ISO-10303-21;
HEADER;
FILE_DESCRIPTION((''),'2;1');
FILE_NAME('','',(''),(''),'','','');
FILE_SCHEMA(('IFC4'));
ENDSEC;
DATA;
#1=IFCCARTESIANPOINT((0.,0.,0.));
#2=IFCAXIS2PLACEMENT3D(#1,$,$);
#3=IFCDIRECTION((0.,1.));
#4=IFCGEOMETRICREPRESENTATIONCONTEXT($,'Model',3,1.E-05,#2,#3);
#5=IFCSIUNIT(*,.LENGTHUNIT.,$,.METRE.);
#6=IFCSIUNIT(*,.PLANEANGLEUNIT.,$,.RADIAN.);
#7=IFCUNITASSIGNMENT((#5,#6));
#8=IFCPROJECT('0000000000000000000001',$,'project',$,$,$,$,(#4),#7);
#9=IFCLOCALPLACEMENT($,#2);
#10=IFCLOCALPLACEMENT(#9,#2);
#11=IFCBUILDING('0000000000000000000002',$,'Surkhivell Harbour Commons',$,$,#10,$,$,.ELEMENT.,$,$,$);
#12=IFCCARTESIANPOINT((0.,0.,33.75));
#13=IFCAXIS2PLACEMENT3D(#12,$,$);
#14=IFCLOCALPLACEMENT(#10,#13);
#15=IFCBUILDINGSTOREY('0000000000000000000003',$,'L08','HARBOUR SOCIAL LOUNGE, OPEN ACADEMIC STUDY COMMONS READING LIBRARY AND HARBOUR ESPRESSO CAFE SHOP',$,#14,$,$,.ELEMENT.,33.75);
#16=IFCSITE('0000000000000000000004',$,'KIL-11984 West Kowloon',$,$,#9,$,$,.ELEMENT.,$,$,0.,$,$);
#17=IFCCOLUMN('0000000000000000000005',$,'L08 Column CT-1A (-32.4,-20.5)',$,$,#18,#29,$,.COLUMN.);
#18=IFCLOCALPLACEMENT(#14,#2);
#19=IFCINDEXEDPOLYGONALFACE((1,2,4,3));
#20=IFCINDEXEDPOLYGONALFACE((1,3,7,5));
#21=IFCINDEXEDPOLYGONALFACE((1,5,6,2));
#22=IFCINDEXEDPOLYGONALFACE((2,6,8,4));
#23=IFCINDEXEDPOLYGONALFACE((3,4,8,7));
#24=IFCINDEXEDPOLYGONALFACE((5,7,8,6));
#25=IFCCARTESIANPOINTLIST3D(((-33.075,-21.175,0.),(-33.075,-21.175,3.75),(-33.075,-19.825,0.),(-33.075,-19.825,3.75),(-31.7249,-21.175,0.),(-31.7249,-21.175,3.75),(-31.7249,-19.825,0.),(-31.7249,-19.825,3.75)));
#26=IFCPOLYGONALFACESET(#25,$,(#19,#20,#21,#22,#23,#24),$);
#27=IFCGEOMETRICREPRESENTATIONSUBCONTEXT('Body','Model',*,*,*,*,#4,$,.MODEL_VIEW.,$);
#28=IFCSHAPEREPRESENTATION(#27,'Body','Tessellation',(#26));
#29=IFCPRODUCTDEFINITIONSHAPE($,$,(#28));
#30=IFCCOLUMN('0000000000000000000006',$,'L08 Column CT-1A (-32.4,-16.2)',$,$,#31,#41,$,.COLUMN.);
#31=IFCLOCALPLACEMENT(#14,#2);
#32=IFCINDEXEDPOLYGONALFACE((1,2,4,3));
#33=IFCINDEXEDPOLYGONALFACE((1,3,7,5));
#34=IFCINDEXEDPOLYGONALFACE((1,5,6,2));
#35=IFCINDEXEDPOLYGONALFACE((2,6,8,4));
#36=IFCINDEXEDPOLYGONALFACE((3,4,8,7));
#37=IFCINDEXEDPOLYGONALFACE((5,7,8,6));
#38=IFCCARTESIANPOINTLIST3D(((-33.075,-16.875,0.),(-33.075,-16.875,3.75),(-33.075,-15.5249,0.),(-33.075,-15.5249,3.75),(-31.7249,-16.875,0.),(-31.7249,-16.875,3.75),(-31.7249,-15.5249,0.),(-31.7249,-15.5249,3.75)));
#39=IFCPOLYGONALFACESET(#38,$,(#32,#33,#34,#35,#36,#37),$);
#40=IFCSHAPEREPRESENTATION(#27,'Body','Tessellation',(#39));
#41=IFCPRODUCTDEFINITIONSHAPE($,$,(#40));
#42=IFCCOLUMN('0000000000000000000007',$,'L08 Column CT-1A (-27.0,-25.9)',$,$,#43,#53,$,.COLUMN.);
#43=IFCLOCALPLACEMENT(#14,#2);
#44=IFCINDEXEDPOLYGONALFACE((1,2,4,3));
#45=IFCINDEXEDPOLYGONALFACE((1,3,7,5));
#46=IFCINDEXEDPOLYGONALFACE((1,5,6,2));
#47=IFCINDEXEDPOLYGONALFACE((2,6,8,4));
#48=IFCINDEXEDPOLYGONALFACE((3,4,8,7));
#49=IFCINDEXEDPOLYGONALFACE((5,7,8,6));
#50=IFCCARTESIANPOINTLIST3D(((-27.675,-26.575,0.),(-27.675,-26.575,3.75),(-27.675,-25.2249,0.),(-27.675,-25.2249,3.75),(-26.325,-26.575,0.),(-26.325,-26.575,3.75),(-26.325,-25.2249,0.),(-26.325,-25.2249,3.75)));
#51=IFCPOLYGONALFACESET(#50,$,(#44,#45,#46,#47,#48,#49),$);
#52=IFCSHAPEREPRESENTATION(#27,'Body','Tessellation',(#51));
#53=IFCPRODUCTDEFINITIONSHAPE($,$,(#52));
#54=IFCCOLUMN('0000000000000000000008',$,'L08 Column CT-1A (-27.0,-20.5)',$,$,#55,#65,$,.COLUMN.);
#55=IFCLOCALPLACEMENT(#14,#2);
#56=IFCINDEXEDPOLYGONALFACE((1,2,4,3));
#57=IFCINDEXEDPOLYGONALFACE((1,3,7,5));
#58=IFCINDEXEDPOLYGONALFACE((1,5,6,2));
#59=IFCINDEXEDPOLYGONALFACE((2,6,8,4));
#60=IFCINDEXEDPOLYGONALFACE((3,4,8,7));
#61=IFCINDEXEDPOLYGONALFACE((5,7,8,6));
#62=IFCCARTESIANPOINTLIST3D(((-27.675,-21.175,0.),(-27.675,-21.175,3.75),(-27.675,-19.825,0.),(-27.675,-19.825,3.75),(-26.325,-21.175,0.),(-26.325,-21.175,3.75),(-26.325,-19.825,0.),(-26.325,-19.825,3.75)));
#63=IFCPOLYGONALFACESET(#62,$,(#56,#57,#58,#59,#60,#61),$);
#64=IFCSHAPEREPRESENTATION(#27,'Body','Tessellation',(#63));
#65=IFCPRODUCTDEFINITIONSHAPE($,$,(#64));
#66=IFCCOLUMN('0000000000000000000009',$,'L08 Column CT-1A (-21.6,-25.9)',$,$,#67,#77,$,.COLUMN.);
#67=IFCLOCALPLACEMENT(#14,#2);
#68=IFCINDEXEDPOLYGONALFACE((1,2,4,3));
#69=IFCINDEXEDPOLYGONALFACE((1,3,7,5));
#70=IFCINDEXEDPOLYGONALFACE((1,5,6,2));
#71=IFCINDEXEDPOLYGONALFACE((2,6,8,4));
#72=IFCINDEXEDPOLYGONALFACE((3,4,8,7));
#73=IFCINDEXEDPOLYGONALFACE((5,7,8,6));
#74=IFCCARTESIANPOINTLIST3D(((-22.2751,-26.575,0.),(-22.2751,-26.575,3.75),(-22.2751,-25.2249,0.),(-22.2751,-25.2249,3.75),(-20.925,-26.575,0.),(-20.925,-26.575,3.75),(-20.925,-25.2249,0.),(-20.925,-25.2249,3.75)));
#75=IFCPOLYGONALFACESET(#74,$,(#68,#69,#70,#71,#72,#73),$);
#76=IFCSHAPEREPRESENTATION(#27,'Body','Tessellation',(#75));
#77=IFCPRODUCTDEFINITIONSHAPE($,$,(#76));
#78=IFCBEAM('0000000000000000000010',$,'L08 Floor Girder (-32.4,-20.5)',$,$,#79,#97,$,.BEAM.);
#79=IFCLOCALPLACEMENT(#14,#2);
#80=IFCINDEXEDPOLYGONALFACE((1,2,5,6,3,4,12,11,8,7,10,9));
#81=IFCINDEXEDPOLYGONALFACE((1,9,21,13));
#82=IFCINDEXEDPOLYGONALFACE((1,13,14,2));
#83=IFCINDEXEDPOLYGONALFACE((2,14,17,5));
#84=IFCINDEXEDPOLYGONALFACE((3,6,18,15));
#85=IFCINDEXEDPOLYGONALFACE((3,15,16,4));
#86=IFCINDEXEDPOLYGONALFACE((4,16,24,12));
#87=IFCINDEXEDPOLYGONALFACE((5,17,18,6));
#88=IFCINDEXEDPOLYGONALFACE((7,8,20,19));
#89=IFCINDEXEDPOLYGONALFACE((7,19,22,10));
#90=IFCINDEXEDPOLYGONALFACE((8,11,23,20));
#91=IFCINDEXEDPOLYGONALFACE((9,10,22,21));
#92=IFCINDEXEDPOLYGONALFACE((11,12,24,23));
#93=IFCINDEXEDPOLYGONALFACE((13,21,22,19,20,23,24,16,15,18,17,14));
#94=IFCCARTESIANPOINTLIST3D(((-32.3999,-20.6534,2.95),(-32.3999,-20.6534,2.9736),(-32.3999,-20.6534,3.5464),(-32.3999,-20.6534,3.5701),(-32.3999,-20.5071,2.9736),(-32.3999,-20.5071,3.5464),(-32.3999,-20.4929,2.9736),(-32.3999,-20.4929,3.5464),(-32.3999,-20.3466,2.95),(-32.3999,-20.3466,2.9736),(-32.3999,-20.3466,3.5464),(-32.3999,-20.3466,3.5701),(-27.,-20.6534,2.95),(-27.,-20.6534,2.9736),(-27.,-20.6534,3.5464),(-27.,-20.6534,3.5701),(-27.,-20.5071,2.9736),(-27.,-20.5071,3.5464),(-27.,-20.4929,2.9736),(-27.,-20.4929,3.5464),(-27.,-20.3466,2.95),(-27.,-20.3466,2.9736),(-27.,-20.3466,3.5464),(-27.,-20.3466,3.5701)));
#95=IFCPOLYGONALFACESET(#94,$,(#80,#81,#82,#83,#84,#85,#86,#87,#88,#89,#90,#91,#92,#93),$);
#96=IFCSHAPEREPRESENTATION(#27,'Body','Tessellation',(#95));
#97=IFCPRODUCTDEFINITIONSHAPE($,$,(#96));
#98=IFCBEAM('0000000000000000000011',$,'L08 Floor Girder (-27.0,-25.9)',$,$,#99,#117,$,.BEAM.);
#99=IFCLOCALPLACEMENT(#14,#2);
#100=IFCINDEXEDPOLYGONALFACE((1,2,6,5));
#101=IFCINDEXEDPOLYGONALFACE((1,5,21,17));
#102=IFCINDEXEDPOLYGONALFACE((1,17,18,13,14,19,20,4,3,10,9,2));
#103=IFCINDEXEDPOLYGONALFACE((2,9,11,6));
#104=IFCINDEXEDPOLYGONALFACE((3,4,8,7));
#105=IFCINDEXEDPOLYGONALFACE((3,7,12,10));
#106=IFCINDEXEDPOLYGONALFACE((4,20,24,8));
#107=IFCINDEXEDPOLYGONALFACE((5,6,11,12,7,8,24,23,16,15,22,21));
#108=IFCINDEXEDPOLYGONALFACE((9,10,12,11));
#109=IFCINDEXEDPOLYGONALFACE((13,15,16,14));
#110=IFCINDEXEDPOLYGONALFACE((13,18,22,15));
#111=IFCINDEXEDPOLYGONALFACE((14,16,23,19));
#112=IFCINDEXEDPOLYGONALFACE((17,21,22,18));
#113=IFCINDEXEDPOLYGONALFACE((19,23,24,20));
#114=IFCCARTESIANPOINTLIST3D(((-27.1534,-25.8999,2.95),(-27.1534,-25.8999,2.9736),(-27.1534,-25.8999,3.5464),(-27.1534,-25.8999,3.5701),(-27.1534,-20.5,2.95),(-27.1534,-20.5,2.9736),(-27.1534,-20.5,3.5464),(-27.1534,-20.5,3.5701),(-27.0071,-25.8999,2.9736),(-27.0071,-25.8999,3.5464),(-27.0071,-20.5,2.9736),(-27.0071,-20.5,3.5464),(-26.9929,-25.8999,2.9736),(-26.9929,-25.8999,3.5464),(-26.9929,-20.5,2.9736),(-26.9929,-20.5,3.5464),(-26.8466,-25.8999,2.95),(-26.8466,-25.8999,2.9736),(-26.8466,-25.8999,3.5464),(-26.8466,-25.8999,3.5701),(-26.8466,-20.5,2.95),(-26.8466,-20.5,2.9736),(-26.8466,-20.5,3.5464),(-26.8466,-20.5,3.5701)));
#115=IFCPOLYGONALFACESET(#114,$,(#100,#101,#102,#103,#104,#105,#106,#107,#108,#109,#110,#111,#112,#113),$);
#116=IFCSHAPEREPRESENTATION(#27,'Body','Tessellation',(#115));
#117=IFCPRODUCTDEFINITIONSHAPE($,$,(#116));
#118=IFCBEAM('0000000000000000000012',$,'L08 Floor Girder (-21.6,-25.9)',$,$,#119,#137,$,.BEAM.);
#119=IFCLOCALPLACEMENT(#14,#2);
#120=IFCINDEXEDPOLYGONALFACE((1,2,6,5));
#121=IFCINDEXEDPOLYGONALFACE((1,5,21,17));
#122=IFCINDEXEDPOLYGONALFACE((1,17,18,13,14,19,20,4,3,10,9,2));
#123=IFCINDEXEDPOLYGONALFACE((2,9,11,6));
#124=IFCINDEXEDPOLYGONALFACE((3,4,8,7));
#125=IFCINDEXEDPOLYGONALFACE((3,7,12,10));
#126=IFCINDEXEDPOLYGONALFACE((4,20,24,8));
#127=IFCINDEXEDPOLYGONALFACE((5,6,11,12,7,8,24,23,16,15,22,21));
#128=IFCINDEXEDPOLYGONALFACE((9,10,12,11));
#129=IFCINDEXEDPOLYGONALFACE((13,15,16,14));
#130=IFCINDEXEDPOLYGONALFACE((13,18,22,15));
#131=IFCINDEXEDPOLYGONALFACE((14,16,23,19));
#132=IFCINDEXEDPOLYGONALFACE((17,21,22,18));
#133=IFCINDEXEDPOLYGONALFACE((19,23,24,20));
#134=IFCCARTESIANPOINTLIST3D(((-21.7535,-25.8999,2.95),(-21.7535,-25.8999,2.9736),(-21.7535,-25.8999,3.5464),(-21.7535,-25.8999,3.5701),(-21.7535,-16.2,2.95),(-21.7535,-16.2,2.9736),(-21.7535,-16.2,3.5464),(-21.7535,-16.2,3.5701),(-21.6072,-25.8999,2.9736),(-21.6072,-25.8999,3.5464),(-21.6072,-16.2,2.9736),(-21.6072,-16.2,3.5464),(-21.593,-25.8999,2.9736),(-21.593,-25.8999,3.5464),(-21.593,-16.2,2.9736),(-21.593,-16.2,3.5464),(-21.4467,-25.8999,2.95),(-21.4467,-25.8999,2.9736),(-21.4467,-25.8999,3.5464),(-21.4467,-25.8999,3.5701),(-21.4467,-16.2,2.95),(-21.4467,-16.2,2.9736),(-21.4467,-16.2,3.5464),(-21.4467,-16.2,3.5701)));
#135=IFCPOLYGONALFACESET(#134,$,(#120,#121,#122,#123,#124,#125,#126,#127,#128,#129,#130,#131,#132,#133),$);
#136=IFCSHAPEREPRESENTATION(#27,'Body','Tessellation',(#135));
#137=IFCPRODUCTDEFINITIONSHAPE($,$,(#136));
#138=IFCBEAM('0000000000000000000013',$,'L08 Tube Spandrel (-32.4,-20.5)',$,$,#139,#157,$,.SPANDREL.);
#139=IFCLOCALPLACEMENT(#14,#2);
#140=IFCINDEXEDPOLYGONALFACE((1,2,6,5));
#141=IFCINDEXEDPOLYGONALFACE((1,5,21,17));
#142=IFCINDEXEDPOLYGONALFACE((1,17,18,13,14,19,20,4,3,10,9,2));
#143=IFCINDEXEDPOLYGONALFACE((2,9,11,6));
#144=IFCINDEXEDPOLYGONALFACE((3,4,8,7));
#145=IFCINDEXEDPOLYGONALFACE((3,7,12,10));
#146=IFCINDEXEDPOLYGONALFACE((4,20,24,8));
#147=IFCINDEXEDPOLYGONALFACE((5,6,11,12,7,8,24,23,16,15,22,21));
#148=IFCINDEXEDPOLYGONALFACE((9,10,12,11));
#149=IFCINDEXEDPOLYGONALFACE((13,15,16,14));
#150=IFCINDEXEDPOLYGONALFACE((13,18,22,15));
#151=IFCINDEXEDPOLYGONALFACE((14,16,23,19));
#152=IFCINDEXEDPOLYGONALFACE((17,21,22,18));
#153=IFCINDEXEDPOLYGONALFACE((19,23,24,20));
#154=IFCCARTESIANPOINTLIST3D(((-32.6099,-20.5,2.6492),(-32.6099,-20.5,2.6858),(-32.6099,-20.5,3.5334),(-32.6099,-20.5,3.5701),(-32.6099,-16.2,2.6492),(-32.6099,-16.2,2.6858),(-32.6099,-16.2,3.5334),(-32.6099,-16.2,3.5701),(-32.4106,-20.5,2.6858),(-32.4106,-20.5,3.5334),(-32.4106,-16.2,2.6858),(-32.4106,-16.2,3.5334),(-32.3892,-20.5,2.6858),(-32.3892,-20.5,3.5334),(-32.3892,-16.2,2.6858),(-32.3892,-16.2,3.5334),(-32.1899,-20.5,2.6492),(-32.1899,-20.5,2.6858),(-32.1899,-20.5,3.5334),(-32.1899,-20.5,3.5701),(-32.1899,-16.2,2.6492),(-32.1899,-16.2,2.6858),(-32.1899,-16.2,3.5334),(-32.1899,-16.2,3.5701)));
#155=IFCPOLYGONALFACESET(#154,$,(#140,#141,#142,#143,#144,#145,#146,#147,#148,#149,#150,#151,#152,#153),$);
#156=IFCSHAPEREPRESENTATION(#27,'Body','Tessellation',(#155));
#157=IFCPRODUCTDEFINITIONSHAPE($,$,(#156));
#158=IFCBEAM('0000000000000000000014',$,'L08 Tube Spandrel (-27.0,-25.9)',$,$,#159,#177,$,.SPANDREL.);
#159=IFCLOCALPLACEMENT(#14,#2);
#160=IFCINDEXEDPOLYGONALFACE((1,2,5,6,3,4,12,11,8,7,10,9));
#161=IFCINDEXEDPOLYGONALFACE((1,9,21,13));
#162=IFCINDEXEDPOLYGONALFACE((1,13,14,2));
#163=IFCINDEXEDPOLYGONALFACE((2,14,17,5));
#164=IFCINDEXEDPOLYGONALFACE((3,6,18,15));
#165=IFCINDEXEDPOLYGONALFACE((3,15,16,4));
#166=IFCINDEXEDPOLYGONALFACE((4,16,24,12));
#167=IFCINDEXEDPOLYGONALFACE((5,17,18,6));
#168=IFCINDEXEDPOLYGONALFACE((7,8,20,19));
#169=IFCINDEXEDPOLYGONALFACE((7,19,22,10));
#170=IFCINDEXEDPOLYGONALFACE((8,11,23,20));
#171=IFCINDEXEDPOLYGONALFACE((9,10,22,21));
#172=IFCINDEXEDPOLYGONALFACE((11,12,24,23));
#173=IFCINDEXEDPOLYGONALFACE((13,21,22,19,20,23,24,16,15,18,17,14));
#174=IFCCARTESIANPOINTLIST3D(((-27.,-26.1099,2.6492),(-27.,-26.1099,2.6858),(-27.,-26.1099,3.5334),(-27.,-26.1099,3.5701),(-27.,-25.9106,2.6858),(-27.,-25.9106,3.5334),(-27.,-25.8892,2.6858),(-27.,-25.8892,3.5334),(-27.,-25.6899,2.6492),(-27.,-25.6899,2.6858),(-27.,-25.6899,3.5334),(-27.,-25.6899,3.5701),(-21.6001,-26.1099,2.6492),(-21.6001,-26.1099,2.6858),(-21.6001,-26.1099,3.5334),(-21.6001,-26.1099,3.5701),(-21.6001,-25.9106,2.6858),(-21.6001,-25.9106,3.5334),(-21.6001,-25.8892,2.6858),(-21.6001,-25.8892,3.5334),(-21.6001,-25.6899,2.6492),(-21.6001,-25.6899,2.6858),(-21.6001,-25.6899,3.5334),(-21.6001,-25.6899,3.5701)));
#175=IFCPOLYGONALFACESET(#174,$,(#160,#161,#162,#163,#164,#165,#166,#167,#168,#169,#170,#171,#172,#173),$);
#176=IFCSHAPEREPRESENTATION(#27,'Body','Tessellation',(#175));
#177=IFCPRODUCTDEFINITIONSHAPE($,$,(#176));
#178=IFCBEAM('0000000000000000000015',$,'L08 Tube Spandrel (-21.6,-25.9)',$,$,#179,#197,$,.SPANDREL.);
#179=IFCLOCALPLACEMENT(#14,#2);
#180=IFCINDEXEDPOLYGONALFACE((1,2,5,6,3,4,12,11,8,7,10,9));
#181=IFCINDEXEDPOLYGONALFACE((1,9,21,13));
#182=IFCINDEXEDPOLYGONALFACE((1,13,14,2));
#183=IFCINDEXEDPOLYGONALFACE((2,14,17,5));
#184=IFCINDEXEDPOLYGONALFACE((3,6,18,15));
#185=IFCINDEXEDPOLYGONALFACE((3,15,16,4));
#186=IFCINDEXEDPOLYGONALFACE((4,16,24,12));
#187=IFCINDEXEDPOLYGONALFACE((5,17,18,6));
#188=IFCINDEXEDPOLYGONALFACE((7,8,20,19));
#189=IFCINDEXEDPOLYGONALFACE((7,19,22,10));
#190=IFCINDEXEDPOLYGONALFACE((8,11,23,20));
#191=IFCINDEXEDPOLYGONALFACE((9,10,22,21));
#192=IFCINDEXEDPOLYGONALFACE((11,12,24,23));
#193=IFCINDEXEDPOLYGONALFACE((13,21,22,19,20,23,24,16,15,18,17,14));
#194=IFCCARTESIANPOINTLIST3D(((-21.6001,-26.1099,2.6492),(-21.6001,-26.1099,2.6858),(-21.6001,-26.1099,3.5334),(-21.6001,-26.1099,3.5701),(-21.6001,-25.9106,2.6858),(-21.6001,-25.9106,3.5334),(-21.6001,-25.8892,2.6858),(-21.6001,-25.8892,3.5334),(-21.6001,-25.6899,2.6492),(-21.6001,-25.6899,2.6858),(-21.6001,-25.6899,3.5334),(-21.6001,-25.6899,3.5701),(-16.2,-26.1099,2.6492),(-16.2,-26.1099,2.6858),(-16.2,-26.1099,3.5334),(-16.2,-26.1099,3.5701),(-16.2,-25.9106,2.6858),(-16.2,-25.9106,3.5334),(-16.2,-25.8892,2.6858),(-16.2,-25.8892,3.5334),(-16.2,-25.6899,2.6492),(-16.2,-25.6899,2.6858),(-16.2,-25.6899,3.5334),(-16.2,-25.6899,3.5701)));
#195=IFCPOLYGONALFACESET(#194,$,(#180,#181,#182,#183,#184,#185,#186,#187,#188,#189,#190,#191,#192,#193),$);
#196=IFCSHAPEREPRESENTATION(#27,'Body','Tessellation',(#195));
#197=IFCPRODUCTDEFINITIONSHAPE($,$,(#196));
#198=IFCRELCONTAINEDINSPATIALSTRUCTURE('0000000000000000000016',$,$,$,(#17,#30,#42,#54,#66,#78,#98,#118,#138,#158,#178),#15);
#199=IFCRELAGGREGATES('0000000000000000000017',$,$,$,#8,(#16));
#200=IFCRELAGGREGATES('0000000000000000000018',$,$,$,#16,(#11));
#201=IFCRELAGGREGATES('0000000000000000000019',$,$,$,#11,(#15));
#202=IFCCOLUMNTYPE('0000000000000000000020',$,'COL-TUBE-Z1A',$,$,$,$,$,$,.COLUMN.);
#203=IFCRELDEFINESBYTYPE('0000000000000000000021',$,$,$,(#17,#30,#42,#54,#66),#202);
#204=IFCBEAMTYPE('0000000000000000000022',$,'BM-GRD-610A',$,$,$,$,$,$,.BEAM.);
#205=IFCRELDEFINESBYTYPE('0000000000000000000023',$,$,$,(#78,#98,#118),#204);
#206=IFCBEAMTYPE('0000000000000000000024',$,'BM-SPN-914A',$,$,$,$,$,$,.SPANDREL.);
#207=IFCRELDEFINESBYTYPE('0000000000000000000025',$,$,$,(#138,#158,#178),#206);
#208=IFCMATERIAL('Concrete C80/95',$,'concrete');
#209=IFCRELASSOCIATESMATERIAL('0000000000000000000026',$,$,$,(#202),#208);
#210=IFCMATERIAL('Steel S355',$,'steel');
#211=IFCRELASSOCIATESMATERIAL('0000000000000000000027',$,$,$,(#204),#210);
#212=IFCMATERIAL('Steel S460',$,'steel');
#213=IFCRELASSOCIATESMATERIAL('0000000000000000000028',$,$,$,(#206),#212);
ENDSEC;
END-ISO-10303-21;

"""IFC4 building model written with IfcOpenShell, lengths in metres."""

from ifc_helpers import new_model, si_unit, direction, frame, origin, origin_2d, place, context, subcontext, project, spatial, rectangle, i_section, extrude, material, material_profile, profile_set, type_object, element, save


model = new_model("IFC4")

# Units and contexts
model_context = context("Model", 3, precision=1e-05, world=origin(), true_north=direction((0.0, 1.0)))
body_context = subcontext(model_context, "Body", "Model", "MODEL_VIEW")
ifc_project = project(units=[si_unit("LENGTHUNIT", "METRE"), si_unit("PLANEANGLEUNIT", "RADIAN")], contexts=[model_context])

# Site, building, storey
site_placement = place(None, origin())
site = spatial("IfcSite", under=ifc_project, at=site_placement, Name="KIL-11984 West Kowloon", CompositionType="ELEMENT", RefElevation=0.0)
building_placement = place(site_placement, origin())
building = spatial("IfcBuilding", under=site, at=building_placement, Name="Surkhivell Harbour Commons", CompositionType="ELEMENT")
storey_placement = place(building_placement, frame((0.0, 0.0, 33.75)))
storey = spatial("IfcBuildingStorey", under=building, at=storey_placement, Name="L08", Description="HARBOUR SOCIAL LOUNGE, OPEN ACADEMIC STUDY COMMONS READING LIBRARY AND HARBOUR ESPRESSO CAFE SHOP", CompositionType="ELEMENT", Elevation=33.75)

# Columns
ifc_material_1 = material(Name="Concrete C80/95", Category="concrete")
ifc_material_profile_1 = material_profile(ifc_material_1, rectangle(XDim=1.3501, YDim=1.3501, at=origin_2d()), Name="RC-COL-1350x1350")
ifc_profile_set_1 = profile_set([ifc_material_profile_1], Name="Concrete C80/95")
column_type = type_object("IfcColumnType", Name="COL-TUBE-Z1A", PredefinedType="COLUMN", material=ifc_profile_set_1)
for number, where, z_axis, x_axis, name in (
    (1, (-32.3999, -20.5, 0.0), (0.0, 0.0, 1.0), (1.0, 0.0, 0.0), "L08 Column CT-1A (-32.4,-20.5)"),
    (2, (-32.3999, -16.2, 0.0), (0.0, 0.0, 1.0), (1.0, 0.0, 0.0), "L08 Column CT-1A (-32.4,-16.2)"),
    (3, (-27.0, -25.8999, 0.0), (0.0, 0.0, 1.0), (1.0, 0.0, 0.0), "L08 Column CT-1A (-27.0,-25.9)"),
    (4, (-27.0, -20.5, 0.0), (0.0, 0.0, 1.0), (1.0, 0.0, 0.0), "L08 Column CT-1A (-27.0,-20.5)"),
    (5, (-21.6001, -25.8999, 0.0), (0.0, 0.0, 1.0), (1.0, 0.0, 0.0), "L08 Column CT-1A (-21.6,-25.9)"),
):
    element("IfcColumn", number, at=place(storey_placement, frame(where, z_axis=z_axis, x_axis=x_axis)), inside=storey, type_object=column_type, Name=name, PredefinedType="COLUMN", context=body_context, shape_type="SweptSolid", body=[
        extrude(rectangle(XDim=1.3501, YDim=1.3501, at=origin_2d()), origin(), (0.0, 0.0, 1.0), 3.75),
    ])

# Beams
ifc_material_2 = material(Name="Steel S355", Category="steel")
ifc_material_profile_2 = material_profile(ifc_material_2, i_section(OverallWidth=0.3069, OverallDepth=0.6201, WebThickness=0.0142, FlangeThickness=0.0237, at=origin_2d()), Name="UB610x305x179")
ifc_profile_set_2 = profile_set([ifc_material_profile_2], Name="Steel S355")
beam_type_1 = type_object("IfcBeamType", Name="BM-GRD-610A", PredefinedType="BEAM", material=ifc_profile_set_2)
for number, where, z_axis, x_axis, name in (
    (6, (-32.3999, -20.5, 3.26), (1.0, 0.0, 0.0), (0.0, 1.0, 0.0), "L08 Floor Girder (-32.4,-20.5)"),
    (7, (-27.0, -25.8999, 3.26), (0.0, 1.0, 0.0), (-1.0, 0.0, 0.0), "L08 Floor Girder (-27.0,-25.9)"),
):
    element("IfcBeam", number, at=place(storey_placement, frame(where, z_axis=z_axis, x_axis=x_axis)), inside=storey, type_object=beam_type_1, Name=name, PredefinedType="BEAM", context=body_context, shape_type="SweptSolid", body=[
        extrude(i_section(OverallWidth=0.3069, OverallDepth=0.6201, WebThickness=0.0142, FlangeThickness=0.0237, at=origin_2d()), origin(), (0.0, 0.0, 1.0), 5.3999),
    ])
beam_1_placement = place(storey_placement, frame((-21.6001, -25.8999, 3.26), z_axis=(0.0, 1.0, 0.0), x_axis=(-1.0, 0.0, 0.0)))
element("IfcBeam", 8, at=beam_1_placement, inside=storey, type_object=beam_type_1, Name="L08 Floor Girder (-21.6,-25.9)", PredefinedType="BEAM", context=body_context, shape_type="SweptSolid", body=[
    extrude(i_section(OverallWidth=0.3069, OverallDepth=0.6201, WebThickness=0.0142, FlangeThickness=0.0237, at=origin_2d()), origin(), (0.0, 0.0, 1.0), 9.7),
])
ifc_material_3 = material(Name="Steel S460", Category="steel")
ifc_material_profile_3 = material_profile(ifc_material_3, i_section(OverallWidth=0.4199, OverallDepth=0.9209, WebThickness=0.0215, FlangeThickness=0.0366, at=origin_2d()), Name="UB914x419x388")
ifc_profile_set_3 = profile_set([ifc_material_profile_3], Name="Steel S460")
beam_type_2 = type_object("IfcBeamType", Name="BM-SPN-914A", PredefinedType="SPANDREL", material=ifc_profile_set_3)
beam_2_placement = place(storey_placement, frame((-32.3999, -20.5, 3.1096), z_axis=(0.0, 1.0, 0.0), x_axis=(-1.0, 0.0, 0.0)))
element("IfcBeam", 9, at=beam_2_placement, inside=storey, type_object=beam_type_2, Name="L08 Tube Spandrel (-32.4,-20.5)", PredefinedType="SPANDREL", context=body_context, shape_type="SweptSolid", body=[
    extrude(i_section(OverallWidth=0.4199, OverallDepth=0.9209, WebThickness=0.0215, FlangeThickness=0.0366, at=origin_2d()), origin(), (0.0, 0.0, 1.0), 4.3),
])
beam_3_placement = place(storey_placement, frame((-27.0, -25.8999, 3.1096), z_axis=(1.0, 0.0, 0.0), x_axis=(0.0, 1.0, 0.0)))
element("IfcBeam", 10, at=beam_3_placement, inside=storey, type_object=beam_type_2, Name="L08 Tube Spandrel (-27.0,-25.9)", PredefinedType="SPANDREL", context=body_context, shape_type="SweptSolid", body=[
    extrude(i_section(OverallWidth=0.4199, OverallDepth=0.9209, WebThickness=0.0215, FlangeThickness=0.0366, at=origin_2d()), origin(), (0.0, 0.0, 1.0), 5.3999),
])
beam_4_placement = place(storey_placement, frame((-21.6001, -25.8999, 3.1096), z_axis=(1.0, 0.0, 0.0), x_axis=(0.0, 1.0, 0.0)))
element("IfcBeam", 11, at=beam_4_placement, inside=storey, type_object=beam_type_2, Name="L08 Tube Spandrel (-21.6,-25.9)", PredefinedType="SPANDREL", context=body_context, shape_type="SweptSolid", body=[
    extrude(i_section(OverallWidth=0.4199, OverallDepth=0.9209, WebThickness=0.0215, FlangeThickness=0.0366, at=origin_2d()), origin(), (0.0, 0.0, 1.0), 5.4001),
])

save(model, "model.ifc")
